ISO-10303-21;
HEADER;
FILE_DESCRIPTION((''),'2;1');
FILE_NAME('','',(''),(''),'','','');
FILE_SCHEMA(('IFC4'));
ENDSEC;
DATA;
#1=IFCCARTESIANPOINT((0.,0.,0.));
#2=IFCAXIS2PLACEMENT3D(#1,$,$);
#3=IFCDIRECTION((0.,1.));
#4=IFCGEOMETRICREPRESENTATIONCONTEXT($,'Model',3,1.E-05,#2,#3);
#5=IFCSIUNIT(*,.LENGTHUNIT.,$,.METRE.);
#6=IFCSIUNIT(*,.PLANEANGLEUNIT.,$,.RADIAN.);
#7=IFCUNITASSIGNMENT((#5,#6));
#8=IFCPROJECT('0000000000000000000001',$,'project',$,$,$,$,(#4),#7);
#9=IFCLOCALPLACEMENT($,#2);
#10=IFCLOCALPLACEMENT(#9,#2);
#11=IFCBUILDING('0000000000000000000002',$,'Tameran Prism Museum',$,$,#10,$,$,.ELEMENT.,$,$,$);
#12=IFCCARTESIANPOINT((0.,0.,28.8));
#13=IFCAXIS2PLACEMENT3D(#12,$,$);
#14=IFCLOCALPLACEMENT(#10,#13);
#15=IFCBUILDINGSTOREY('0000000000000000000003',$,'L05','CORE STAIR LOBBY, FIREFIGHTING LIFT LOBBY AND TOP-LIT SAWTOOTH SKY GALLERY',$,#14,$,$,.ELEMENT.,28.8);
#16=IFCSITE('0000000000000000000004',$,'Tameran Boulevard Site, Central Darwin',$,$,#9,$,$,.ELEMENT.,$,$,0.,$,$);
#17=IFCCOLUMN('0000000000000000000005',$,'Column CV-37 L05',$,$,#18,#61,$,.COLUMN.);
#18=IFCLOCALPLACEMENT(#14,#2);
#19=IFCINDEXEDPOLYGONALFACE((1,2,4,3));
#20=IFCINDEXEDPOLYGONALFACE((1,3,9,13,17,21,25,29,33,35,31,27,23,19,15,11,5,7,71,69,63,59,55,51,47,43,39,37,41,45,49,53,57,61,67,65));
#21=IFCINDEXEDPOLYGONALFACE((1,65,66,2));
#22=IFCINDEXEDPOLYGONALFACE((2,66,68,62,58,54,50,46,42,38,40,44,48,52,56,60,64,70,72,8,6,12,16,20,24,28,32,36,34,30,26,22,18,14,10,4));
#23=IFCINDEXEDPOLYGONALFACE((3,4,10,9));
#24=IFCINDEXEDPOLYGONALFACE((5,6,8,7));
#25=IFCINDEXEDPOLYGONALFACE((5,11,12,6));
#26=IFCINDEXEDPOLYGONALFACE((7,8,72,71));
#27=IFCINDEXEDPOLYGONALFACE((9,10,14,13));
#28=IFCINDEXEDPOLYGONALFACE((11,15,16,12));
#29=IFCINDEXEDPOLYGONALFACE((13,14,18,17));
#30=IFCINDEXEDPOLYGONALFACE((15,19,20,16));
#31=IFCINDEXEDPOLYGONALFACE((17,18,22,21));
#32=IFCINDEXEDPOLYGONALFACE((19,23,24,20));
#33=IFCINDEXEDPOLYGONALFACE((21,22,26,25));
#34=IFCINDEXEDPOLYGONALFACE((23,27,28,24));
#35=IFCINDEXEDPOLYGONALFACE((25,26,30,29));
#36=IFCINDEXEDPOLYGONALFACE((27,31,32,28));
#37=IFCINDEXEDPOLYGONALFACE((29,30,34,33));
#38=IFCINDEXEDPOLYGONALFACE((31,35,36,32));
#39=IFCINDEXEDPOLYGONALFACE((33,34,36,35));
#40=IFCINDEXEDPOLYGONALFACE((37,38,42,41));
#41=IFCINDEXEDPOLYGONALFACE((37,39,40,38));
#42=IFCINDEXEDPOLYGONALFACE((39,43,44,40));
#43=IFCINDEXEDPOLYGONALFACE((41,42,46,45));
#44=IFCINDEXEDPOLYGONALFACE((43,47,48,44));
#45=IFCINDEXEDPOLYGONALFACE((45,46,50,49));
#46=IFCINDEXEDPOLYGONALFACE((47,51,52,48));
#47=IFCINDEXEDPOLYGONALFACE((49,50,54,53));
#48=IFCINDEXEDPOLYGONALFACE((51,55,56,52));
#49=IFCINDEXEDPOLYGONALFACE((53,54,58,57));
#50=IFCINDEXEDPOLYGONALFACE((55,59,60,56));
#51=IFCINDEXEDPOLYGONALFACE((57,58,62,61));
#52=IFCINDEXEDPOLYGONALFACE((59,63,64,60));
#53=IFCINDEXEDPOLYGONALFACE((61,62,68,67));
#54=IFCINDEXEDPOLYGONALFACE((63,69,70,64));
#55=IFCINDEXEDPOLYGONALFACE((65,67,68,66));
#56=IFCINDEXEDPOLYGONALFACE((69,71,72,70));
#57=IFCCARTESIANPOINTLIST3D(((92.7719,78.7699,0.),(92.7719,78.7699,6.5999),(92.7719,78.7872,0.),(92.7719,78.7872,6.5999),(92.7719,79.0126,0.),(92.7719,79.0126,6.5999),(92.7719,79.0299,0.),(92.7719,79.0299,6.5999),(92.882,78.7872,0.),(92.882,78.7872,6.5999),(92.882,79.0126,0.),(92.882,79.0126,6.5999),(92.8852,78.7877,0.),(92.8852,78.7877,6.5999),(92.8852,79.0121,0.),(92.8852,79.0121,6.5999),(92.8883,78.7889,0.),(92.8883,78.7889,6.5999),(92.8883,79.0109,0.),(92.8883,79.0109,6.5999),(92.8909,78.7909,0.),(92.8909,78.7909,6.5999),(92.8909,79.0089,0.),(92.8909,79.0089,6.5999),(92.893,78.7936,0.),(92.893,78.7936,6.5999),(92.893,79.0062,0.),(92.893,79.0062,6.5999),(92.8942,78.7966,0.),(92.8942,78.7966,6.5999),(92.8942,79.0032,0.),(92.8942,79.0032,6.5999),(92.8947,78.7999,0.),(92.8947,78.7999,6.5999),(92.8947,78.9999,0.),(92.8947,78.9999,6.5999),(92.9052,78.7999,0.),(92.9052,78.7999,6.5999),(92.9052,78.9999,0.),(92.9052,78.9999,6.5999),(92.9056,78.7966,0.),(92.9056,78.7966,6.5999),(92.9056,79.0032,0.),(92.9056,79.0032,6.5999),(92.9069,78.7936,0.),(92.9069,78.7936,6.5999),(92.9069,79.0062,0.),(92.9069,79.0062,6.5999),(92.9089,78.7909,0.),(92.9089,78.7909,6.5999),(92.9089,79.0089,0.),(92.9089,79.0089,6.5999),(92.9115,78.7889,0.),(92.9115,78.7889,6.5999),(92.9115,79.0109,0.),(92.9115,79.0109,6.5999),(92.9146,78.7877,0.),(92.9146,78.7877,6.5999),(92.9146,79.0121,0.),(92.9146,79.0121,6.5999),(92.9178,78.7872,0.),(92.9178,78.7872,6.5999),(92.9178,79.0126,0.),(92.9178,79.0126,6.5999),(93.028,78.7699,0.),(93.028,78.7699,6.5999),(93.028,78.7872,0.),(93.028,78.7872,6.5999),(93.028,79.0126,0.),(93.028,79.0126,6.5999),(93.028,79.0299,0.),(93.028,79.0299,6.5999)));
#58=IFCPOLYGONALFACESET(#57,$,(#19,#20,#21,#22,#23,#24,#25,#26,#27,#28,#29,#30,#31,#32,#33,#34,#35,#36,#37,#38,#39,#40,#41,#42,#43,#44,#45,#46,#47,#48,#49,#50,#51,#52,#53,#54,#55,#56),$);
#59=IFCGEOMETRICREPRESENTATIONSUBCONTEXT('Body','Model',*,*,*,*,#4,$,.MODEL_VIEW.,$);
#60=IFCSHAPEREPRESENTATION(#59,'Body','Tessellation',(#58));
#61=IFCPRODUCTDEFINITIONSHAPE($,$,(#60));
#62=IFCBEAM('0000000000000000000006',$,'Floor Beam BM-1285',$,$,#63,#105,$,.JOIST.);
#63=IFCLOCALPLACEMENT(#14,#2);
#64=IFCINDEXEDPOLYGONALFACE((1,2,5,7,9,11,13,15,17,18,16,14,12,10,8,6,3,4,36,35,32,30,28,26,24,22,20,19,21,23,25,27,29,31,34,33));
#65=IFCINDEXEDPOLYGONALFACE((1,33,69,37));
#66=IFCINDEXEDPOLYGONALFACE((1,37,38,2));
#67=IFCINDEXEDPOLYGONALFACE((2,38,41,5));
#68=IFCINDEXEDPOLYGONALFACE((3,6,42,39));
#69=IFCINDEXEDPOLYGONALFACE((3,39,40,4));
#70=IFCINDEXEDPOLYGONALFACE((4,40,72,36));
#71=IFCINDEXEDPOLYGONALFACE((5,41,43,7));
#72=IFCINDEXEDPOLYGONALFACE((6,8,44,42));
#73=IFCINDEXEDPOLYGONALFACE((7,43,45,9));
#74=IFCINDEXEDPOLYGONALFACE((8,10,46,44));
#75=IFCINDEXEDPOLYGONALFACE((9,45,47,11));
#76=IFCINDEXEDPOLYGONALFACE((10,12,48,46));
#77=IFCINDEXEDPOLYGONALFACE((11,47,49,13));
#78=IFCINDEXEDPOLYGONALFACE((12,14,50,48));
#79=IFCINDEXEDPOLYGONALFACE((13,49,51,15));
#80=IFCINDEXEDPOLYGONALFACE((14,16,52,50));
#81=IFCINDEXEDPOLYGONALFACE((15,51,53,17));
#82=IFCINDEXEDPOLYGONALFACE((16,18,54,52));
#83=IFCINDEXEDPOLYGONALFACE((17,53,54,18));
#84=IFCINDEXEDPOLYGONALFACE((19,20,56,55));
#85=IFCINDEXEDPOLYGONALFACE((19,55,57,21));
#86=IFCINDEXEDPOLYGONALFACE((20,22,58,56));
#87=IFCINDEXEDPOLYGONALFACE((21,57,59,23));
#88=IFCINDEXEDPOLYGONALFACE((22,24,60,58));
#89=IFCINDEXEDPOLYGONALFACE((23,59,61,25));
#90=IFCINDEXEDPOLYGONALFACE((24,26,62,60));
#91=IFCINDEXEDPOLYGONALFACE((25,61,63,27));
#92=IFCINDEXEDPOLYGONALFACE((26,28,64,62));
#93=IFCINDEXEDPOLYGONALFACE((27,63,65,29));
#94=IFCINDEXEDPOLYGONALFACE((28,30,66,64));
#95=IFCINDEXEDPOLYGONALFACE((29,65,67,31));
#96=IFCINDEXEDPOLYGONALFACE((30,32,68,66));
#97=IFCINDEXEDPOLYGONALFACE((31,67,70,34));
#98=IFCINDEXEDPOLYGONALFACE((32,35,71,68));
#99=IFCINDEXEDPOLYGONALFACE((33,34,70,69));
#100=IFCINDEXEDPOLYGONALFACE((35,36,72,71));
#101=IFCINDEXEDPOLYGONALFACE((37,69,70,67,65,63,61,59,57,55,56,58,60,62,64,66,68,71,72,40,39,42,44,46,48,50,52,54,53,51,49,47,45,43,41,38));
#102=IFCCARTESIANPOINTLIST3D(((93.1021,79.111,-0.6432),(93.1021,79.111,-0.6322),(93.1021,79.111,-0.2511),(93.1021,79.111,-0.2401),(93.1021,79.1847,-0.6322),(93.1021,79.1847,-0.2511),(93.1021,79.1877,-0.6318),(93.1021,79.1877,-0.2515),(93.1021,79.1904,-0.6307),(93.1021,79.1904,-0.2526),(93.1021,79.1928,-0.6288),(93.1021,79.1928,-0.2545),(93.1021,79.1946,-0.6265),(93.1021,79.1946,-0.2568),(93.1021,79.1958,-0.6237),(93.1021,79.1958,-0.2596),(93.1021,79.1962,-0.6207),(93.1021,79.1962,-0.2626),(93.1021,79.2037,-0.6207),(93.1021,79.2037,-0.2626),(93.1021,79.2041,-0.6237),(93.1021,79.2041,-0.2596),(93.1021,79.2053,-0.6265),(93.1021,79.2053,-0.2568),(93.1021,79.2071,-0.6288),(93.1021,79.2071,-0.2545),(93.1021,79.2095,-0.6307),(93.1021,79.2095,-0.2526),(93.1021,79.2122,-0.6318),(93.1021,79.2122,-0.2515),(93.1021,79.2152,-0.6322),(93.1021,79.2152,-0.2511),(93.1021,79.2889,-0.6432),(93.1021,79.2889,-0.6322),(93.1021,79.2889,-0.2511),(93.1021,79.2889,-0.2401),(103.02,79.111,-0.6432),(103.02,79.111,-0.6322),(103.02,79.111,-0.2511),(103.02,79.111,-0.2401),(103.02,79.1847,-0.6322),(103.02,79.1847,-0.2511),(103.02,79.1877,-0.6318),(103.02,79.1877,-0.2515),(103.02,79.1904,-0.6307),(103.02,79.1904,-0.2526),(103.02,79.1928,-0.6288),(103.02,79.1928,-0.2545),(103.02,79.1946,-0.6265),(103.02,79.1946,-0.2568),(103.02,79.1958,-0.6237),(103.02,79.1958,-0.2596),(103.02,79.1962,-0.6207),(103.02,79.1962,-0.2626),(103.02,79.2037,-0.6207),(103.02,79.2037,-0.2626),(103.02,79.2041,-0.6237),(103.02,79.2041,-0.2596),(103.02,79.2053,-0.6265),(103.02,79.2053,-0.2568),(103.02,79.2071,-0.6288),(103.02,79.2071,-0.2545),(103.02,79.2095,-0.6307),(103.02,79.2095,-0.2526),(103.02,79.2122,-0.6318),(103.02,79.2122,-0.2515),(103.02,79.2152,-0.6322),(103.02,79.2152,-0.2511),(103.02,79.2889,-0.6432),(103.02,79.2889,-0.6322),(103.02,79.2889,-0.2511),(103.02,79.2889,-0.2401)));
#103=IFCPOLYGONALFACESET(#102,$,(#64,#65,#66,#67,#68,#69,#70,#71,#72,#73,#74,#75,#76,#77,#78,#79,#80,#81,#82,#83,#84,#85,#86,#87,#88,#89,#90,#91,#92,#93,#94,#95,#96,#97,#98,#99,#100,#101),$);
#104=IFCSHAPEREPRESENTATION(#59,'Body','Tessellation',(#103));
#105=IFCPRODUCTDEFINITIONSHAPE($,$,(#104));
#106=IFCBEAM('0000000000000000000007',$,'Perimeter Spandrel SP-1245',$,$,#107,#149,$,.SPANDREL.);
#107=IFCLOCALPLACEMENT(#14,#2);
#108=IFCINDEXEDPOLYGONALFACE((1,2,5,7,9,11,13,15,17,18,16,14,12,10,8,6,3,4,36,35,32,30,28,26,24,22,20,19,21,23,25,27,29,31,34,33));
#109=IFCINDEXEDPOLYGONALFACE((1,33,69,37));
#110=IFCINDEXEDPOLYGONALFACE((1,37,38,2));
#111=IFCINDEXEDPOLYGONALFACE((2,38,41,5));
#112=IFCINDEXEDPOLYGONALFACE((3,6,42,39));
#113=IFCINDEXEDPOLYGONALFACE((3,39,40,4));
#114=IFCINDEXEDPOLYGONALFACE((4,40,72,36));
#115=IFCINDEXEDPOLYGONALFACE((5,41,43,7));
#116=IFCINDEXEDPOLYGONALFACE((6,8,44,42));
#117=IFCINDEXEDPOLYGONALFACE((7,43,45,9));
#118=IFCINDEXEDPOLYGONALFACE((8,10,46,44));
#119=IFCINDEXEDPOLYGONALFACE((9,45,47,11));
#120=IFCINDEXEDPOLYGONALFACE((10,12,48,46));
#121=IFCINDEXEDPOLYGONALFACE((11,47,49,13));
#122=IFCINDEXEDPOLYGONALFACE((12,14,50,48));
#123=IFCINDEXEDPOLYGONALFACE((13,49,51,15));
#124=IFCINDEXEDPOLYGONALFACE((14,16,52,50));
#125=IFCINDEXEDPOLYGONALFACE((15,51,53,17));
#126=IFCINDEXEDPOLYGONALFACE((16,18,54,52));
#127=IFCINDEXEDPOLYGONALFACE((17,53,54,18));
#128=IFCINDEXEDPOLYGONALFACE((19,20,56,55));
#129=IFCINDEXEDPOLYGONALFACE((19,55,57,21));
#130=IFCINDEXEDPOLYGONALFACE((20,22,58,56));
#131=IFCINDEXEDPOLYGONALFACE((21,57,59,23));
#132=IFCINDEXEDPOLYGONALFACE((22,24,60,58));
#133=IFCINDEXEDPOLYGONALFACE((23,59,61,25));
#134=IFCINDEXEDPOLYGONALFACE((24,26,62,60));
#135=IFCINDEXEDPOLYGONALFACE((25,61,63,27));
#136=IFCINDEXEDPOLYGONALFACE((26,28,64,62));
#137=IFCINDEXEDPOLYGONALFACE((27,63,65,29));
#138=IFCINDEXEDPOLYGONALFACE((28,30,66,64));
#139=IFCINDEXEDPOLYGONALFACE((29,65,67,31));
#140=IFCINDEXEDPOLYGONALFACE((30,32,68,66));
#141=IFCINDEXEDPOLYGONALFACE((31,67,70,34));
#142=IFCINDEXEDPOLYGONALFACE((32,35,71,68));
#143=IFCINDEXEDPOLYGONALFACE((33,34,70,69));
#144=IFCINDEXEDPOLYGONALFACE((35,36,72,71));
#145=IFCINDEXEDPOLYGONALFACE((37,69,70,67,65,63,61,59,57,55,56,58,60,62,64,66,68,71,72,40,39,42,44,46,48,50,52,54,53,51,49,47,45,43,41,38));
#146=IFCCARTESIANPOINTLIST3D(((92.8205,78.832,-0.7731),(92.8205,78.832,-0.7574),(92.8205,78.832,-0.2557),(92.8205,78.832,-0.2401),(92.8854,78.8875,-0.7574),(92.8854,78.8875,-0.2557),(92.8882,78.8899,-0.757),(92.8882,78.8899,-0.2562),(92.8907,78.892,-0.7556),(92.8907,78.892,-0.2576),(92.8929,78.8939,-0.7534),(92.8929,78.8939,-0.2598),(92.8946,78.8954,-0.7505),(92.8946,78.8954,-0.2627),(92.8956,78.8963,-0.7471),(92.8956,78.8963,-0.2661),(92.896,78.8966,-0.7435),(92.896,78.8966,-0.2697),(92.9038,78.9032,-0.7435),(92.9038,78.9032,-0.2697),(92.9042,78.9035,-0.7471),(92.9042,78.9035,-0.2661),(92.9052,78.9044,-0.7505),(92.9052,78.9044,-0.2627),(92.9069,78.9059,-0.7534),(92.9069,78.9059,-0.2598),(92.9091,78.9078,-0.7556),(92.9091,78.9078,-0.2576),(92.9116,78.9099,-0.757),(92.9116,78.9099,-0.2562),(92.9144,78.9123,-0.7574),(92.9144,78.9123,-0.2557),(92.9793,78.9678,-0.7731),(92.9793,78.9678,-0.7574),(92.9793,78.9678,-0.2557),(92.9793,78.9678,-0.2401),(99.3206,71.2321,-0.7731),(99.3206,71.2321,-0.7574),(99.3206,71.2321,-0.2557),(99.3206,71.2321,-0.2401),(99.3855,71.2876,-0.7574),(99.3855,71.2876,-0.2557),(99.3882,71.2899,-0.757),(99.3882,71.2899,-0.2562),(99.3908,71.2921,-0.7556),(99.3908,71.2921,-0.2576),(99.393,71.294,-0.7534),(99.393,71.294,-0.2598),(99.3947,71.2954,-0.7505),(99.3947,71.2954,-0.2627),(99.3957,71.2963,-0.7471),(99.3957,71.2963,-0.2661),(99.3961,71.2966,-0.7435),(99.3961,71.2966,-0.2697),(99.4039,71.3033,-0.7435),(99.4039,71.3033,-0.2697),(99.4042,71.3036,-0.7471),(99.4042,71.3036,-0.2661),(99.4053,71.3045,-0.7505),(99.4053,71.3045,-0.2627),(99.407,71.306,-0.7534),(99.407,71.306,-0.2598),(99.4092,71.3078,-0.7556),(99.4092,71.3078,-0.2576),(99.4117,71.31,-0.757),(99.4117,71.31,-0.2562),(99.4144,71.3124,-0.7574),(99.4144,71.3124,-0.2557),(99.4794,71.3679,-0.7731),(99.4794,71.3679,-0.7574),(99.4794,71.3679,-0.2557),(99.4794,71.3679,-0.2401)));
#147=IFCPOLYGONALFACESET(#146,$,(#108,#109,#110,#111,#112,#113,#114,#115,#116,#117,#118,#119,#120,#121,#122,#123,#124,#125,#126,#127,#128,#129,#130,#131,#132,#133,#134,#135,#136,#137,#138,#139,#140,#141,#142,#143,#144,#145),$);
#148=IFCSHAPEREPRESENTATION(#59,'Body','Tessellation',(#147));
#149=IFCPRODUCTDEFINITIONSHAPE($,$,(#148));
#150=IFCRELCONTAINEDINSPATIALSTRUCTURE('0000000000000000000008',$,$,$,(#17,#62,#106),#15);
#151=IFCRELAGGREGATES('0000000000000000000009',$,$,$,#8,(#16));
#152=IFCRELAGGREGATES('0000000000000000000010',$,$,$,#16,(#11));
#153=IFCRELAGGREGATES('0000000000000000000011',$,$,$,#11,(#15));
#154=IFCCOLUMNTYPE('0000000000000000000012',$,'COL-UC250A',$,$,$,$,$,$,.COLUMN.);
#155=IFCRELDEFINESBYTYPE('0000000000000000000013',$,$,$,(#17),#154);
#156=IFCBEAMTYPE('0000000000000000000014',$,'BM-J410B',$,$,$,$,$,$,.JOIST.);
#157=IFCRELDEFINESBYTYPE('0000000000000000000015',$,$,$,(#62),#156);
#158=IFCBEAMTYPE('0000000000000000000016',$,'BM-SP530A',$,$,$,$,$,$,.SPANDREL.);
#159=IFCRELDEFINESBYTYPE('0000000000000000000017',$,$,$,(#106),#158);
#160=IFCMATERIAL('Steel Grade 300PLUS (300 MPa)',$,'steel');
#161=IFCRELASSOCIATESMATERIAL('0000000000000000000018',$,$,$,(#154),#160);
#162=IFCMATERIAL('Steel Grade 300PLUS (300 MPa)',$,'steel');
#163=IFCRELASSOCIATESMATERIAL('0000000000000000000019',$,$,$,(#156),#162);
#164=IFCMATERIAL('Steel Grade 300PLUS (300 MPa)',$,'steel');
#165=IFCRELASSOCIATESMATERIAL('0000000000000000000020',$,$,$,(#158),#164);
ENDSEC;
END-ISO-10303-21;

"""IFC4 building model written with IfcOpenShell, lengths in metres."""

from ifc_helpers import new_model, si_unit, direction, frame, origin, origin_2d, place, context, subcontext, project, spatial, i_section, extrude, material, material_profile, profile_set, type_object, element, save


model = new_model("IFC4")

# Units and contexts
model_context = context("Model", 3, precision=1e-05, world=origin(), true_north=direction((0.0, 1.0)))
body_context = subcontext(model_context, "Body", "Model", "MODEL_VIEW")
ifc_project = project(units=[si_unit("LENGTHUNIT", "METRE"), si_unit("PLANEANGLEUNIT", "RADIAN")], contexts=[model_context])

# Site, building, storey
site_placement = place(None, origin())
site = spatial("IfcSite", under=ifc_project, at=site_placement, Name="Tameran Boulevard Site, Central Darwin", CompositionType="ELEMENT", RefElevation=0.0)
building_placement = place(site_placement, origin())
building = spatial("IfcBuilding", under=site, at=building_placement, Name="Tameran Prism Museum", CompositionType="ELEMENT")
storey_placement = place(building_placement, frame((0.0, 0.0, 28.8)))
storey = spatial("IfcBuildingStorey", under=building, at=storey_placement, Name="L05", Description="CORE STAIR LOBBY, FIREFIGHTING LIFT LOBBY AND TOP-LIT SAWTOOTH SKY GALLERY", CompositionType="ELEMENT", Elevation=28.8)

# Column
ifc_material_1 = material(Name="Steel Grade 300PLUS (300 MPa)", Category="steel")
ifc_material_profile_1 = material_profile(ifc_material_1, i_section(OverallWidth=0.2561, OverallDepth=0.26, WebThickness=0.0105, FlangeThickness=0.0173, FilletRadius=0.0127, at=origin_2d()))
ifc_profile_set_1 = profile_set([ifc_material_profile_1])
column_type = type_object("IfcColumnType", Name="COL-UC250A", PredefinedType="COLUMN", material=ifc_profile_set_1)
column_placement = place(storey_placement, frame((92.8999, 78.8999, 0.0), z_axis=(0.0, 0.0, 1.0), x_axis=(1.0, 0.0, 0.0)))
element("IfcColumn", 1, at=column_placement, inside=storey, type_object=column_type, Name="Column CV-37 L05", PredefinedType="COLUMN", context=body_context, shape_type="SweptSolid", body=[
    extrude(i_section(OverallWidth=0.2561, OverallDepth=0.26, WebThickness=0.0105, FlangeThickness=0.0173, FilletRadius=0.0127, at=origin_2d()), origin(), (0.0, 0.0, 1.0), 6.5999),
])

# Beams
ifc_material_2 = material(Name="Steel Grade 300PLUS (300 MPa)", Category="steel")
ifc_material_profile_2 = material_profile(ifc_material_2, i_section(OverallWidth=0.178, OverallDepth=0.4031, WebThickness=0.0076, FlangeThickness=0.011, FilletRadius=0.0115, at=origin_2d()))
ifc_profile_set_2 = profile_set([ifc_material_profile_2])
beam_type_1 = type_object("IfcBeamType", Name="BM-J410B", PredefinedType="JOIST", material=ifc_profile_set_2)
beam_1_placement = place(storey_placement, frame((93.1021, 79.2, -0.4417), z_axis=(1.0, 0.0, 0.0), x_axis=(0.0, 1.0, 0.0)))
element("IfcBeam", 2, at=beam_1_placement, inside=storey, type_object=beam_type_1, Name="Floor Beam BM-1285", PredefinedType="JOIST", context=body_context, shape_type="SweptSolid", body=[
    extrude(i_section(OverallWidth=0.178, OverallDepth=0.4031, WebThickness=0.0076, FlangeThickness=0.011, FilletRadius=0.0115, at=origin_2d()), origin(), (0.0, 0.0, 1.0), 9.918),
])
ifc_material_3 = material(Name="Steel Grade 300PLUS (300 MPa)", Category="steel")
ifc_material_profile_3 = material_profile(ifc_material_3, i_section(OverallWidth=0.209, OverallDepth=0.533, WebThickness=0.0103, FlangeThickness=0.0156, FilletRadius=0.0139, at=origin_2d()))
ifc_profile_set_3 = profile_set([ifc_material_profile_3])
beam_type_2 = type_object("IfcBeamType", Name="BM-SP530A", PredefinedType="SPANDREL", material=ifc_profile_set_3)
beam_2_placement = place(storey_placement, frame((92.8999, 78.8999, -0.5066), z_axis=(0.649975, -0.759956, 0.0), x_axis=(0.759956, 0.649975, 0.0)))
element("IfcBeam", 3, at=beam_2_placement, inside=storey, type_object=beam_type_2, Name="Perimeter Spandrel SP-1245", PredefinedType="SPANDREL", context=body_context, shape_type="SweptSolid", body=[
    extrude(i_section(OverallWidth=0.209, OverallDepth=0.533, WebThickness=0.0103, FlangeThickness=0.0156, FilletRadius=0.0139, at=origin_2d()), origin(), (0.0, 0.0, 1.0), 10.0005),
])

save(model, "model.ifc")
